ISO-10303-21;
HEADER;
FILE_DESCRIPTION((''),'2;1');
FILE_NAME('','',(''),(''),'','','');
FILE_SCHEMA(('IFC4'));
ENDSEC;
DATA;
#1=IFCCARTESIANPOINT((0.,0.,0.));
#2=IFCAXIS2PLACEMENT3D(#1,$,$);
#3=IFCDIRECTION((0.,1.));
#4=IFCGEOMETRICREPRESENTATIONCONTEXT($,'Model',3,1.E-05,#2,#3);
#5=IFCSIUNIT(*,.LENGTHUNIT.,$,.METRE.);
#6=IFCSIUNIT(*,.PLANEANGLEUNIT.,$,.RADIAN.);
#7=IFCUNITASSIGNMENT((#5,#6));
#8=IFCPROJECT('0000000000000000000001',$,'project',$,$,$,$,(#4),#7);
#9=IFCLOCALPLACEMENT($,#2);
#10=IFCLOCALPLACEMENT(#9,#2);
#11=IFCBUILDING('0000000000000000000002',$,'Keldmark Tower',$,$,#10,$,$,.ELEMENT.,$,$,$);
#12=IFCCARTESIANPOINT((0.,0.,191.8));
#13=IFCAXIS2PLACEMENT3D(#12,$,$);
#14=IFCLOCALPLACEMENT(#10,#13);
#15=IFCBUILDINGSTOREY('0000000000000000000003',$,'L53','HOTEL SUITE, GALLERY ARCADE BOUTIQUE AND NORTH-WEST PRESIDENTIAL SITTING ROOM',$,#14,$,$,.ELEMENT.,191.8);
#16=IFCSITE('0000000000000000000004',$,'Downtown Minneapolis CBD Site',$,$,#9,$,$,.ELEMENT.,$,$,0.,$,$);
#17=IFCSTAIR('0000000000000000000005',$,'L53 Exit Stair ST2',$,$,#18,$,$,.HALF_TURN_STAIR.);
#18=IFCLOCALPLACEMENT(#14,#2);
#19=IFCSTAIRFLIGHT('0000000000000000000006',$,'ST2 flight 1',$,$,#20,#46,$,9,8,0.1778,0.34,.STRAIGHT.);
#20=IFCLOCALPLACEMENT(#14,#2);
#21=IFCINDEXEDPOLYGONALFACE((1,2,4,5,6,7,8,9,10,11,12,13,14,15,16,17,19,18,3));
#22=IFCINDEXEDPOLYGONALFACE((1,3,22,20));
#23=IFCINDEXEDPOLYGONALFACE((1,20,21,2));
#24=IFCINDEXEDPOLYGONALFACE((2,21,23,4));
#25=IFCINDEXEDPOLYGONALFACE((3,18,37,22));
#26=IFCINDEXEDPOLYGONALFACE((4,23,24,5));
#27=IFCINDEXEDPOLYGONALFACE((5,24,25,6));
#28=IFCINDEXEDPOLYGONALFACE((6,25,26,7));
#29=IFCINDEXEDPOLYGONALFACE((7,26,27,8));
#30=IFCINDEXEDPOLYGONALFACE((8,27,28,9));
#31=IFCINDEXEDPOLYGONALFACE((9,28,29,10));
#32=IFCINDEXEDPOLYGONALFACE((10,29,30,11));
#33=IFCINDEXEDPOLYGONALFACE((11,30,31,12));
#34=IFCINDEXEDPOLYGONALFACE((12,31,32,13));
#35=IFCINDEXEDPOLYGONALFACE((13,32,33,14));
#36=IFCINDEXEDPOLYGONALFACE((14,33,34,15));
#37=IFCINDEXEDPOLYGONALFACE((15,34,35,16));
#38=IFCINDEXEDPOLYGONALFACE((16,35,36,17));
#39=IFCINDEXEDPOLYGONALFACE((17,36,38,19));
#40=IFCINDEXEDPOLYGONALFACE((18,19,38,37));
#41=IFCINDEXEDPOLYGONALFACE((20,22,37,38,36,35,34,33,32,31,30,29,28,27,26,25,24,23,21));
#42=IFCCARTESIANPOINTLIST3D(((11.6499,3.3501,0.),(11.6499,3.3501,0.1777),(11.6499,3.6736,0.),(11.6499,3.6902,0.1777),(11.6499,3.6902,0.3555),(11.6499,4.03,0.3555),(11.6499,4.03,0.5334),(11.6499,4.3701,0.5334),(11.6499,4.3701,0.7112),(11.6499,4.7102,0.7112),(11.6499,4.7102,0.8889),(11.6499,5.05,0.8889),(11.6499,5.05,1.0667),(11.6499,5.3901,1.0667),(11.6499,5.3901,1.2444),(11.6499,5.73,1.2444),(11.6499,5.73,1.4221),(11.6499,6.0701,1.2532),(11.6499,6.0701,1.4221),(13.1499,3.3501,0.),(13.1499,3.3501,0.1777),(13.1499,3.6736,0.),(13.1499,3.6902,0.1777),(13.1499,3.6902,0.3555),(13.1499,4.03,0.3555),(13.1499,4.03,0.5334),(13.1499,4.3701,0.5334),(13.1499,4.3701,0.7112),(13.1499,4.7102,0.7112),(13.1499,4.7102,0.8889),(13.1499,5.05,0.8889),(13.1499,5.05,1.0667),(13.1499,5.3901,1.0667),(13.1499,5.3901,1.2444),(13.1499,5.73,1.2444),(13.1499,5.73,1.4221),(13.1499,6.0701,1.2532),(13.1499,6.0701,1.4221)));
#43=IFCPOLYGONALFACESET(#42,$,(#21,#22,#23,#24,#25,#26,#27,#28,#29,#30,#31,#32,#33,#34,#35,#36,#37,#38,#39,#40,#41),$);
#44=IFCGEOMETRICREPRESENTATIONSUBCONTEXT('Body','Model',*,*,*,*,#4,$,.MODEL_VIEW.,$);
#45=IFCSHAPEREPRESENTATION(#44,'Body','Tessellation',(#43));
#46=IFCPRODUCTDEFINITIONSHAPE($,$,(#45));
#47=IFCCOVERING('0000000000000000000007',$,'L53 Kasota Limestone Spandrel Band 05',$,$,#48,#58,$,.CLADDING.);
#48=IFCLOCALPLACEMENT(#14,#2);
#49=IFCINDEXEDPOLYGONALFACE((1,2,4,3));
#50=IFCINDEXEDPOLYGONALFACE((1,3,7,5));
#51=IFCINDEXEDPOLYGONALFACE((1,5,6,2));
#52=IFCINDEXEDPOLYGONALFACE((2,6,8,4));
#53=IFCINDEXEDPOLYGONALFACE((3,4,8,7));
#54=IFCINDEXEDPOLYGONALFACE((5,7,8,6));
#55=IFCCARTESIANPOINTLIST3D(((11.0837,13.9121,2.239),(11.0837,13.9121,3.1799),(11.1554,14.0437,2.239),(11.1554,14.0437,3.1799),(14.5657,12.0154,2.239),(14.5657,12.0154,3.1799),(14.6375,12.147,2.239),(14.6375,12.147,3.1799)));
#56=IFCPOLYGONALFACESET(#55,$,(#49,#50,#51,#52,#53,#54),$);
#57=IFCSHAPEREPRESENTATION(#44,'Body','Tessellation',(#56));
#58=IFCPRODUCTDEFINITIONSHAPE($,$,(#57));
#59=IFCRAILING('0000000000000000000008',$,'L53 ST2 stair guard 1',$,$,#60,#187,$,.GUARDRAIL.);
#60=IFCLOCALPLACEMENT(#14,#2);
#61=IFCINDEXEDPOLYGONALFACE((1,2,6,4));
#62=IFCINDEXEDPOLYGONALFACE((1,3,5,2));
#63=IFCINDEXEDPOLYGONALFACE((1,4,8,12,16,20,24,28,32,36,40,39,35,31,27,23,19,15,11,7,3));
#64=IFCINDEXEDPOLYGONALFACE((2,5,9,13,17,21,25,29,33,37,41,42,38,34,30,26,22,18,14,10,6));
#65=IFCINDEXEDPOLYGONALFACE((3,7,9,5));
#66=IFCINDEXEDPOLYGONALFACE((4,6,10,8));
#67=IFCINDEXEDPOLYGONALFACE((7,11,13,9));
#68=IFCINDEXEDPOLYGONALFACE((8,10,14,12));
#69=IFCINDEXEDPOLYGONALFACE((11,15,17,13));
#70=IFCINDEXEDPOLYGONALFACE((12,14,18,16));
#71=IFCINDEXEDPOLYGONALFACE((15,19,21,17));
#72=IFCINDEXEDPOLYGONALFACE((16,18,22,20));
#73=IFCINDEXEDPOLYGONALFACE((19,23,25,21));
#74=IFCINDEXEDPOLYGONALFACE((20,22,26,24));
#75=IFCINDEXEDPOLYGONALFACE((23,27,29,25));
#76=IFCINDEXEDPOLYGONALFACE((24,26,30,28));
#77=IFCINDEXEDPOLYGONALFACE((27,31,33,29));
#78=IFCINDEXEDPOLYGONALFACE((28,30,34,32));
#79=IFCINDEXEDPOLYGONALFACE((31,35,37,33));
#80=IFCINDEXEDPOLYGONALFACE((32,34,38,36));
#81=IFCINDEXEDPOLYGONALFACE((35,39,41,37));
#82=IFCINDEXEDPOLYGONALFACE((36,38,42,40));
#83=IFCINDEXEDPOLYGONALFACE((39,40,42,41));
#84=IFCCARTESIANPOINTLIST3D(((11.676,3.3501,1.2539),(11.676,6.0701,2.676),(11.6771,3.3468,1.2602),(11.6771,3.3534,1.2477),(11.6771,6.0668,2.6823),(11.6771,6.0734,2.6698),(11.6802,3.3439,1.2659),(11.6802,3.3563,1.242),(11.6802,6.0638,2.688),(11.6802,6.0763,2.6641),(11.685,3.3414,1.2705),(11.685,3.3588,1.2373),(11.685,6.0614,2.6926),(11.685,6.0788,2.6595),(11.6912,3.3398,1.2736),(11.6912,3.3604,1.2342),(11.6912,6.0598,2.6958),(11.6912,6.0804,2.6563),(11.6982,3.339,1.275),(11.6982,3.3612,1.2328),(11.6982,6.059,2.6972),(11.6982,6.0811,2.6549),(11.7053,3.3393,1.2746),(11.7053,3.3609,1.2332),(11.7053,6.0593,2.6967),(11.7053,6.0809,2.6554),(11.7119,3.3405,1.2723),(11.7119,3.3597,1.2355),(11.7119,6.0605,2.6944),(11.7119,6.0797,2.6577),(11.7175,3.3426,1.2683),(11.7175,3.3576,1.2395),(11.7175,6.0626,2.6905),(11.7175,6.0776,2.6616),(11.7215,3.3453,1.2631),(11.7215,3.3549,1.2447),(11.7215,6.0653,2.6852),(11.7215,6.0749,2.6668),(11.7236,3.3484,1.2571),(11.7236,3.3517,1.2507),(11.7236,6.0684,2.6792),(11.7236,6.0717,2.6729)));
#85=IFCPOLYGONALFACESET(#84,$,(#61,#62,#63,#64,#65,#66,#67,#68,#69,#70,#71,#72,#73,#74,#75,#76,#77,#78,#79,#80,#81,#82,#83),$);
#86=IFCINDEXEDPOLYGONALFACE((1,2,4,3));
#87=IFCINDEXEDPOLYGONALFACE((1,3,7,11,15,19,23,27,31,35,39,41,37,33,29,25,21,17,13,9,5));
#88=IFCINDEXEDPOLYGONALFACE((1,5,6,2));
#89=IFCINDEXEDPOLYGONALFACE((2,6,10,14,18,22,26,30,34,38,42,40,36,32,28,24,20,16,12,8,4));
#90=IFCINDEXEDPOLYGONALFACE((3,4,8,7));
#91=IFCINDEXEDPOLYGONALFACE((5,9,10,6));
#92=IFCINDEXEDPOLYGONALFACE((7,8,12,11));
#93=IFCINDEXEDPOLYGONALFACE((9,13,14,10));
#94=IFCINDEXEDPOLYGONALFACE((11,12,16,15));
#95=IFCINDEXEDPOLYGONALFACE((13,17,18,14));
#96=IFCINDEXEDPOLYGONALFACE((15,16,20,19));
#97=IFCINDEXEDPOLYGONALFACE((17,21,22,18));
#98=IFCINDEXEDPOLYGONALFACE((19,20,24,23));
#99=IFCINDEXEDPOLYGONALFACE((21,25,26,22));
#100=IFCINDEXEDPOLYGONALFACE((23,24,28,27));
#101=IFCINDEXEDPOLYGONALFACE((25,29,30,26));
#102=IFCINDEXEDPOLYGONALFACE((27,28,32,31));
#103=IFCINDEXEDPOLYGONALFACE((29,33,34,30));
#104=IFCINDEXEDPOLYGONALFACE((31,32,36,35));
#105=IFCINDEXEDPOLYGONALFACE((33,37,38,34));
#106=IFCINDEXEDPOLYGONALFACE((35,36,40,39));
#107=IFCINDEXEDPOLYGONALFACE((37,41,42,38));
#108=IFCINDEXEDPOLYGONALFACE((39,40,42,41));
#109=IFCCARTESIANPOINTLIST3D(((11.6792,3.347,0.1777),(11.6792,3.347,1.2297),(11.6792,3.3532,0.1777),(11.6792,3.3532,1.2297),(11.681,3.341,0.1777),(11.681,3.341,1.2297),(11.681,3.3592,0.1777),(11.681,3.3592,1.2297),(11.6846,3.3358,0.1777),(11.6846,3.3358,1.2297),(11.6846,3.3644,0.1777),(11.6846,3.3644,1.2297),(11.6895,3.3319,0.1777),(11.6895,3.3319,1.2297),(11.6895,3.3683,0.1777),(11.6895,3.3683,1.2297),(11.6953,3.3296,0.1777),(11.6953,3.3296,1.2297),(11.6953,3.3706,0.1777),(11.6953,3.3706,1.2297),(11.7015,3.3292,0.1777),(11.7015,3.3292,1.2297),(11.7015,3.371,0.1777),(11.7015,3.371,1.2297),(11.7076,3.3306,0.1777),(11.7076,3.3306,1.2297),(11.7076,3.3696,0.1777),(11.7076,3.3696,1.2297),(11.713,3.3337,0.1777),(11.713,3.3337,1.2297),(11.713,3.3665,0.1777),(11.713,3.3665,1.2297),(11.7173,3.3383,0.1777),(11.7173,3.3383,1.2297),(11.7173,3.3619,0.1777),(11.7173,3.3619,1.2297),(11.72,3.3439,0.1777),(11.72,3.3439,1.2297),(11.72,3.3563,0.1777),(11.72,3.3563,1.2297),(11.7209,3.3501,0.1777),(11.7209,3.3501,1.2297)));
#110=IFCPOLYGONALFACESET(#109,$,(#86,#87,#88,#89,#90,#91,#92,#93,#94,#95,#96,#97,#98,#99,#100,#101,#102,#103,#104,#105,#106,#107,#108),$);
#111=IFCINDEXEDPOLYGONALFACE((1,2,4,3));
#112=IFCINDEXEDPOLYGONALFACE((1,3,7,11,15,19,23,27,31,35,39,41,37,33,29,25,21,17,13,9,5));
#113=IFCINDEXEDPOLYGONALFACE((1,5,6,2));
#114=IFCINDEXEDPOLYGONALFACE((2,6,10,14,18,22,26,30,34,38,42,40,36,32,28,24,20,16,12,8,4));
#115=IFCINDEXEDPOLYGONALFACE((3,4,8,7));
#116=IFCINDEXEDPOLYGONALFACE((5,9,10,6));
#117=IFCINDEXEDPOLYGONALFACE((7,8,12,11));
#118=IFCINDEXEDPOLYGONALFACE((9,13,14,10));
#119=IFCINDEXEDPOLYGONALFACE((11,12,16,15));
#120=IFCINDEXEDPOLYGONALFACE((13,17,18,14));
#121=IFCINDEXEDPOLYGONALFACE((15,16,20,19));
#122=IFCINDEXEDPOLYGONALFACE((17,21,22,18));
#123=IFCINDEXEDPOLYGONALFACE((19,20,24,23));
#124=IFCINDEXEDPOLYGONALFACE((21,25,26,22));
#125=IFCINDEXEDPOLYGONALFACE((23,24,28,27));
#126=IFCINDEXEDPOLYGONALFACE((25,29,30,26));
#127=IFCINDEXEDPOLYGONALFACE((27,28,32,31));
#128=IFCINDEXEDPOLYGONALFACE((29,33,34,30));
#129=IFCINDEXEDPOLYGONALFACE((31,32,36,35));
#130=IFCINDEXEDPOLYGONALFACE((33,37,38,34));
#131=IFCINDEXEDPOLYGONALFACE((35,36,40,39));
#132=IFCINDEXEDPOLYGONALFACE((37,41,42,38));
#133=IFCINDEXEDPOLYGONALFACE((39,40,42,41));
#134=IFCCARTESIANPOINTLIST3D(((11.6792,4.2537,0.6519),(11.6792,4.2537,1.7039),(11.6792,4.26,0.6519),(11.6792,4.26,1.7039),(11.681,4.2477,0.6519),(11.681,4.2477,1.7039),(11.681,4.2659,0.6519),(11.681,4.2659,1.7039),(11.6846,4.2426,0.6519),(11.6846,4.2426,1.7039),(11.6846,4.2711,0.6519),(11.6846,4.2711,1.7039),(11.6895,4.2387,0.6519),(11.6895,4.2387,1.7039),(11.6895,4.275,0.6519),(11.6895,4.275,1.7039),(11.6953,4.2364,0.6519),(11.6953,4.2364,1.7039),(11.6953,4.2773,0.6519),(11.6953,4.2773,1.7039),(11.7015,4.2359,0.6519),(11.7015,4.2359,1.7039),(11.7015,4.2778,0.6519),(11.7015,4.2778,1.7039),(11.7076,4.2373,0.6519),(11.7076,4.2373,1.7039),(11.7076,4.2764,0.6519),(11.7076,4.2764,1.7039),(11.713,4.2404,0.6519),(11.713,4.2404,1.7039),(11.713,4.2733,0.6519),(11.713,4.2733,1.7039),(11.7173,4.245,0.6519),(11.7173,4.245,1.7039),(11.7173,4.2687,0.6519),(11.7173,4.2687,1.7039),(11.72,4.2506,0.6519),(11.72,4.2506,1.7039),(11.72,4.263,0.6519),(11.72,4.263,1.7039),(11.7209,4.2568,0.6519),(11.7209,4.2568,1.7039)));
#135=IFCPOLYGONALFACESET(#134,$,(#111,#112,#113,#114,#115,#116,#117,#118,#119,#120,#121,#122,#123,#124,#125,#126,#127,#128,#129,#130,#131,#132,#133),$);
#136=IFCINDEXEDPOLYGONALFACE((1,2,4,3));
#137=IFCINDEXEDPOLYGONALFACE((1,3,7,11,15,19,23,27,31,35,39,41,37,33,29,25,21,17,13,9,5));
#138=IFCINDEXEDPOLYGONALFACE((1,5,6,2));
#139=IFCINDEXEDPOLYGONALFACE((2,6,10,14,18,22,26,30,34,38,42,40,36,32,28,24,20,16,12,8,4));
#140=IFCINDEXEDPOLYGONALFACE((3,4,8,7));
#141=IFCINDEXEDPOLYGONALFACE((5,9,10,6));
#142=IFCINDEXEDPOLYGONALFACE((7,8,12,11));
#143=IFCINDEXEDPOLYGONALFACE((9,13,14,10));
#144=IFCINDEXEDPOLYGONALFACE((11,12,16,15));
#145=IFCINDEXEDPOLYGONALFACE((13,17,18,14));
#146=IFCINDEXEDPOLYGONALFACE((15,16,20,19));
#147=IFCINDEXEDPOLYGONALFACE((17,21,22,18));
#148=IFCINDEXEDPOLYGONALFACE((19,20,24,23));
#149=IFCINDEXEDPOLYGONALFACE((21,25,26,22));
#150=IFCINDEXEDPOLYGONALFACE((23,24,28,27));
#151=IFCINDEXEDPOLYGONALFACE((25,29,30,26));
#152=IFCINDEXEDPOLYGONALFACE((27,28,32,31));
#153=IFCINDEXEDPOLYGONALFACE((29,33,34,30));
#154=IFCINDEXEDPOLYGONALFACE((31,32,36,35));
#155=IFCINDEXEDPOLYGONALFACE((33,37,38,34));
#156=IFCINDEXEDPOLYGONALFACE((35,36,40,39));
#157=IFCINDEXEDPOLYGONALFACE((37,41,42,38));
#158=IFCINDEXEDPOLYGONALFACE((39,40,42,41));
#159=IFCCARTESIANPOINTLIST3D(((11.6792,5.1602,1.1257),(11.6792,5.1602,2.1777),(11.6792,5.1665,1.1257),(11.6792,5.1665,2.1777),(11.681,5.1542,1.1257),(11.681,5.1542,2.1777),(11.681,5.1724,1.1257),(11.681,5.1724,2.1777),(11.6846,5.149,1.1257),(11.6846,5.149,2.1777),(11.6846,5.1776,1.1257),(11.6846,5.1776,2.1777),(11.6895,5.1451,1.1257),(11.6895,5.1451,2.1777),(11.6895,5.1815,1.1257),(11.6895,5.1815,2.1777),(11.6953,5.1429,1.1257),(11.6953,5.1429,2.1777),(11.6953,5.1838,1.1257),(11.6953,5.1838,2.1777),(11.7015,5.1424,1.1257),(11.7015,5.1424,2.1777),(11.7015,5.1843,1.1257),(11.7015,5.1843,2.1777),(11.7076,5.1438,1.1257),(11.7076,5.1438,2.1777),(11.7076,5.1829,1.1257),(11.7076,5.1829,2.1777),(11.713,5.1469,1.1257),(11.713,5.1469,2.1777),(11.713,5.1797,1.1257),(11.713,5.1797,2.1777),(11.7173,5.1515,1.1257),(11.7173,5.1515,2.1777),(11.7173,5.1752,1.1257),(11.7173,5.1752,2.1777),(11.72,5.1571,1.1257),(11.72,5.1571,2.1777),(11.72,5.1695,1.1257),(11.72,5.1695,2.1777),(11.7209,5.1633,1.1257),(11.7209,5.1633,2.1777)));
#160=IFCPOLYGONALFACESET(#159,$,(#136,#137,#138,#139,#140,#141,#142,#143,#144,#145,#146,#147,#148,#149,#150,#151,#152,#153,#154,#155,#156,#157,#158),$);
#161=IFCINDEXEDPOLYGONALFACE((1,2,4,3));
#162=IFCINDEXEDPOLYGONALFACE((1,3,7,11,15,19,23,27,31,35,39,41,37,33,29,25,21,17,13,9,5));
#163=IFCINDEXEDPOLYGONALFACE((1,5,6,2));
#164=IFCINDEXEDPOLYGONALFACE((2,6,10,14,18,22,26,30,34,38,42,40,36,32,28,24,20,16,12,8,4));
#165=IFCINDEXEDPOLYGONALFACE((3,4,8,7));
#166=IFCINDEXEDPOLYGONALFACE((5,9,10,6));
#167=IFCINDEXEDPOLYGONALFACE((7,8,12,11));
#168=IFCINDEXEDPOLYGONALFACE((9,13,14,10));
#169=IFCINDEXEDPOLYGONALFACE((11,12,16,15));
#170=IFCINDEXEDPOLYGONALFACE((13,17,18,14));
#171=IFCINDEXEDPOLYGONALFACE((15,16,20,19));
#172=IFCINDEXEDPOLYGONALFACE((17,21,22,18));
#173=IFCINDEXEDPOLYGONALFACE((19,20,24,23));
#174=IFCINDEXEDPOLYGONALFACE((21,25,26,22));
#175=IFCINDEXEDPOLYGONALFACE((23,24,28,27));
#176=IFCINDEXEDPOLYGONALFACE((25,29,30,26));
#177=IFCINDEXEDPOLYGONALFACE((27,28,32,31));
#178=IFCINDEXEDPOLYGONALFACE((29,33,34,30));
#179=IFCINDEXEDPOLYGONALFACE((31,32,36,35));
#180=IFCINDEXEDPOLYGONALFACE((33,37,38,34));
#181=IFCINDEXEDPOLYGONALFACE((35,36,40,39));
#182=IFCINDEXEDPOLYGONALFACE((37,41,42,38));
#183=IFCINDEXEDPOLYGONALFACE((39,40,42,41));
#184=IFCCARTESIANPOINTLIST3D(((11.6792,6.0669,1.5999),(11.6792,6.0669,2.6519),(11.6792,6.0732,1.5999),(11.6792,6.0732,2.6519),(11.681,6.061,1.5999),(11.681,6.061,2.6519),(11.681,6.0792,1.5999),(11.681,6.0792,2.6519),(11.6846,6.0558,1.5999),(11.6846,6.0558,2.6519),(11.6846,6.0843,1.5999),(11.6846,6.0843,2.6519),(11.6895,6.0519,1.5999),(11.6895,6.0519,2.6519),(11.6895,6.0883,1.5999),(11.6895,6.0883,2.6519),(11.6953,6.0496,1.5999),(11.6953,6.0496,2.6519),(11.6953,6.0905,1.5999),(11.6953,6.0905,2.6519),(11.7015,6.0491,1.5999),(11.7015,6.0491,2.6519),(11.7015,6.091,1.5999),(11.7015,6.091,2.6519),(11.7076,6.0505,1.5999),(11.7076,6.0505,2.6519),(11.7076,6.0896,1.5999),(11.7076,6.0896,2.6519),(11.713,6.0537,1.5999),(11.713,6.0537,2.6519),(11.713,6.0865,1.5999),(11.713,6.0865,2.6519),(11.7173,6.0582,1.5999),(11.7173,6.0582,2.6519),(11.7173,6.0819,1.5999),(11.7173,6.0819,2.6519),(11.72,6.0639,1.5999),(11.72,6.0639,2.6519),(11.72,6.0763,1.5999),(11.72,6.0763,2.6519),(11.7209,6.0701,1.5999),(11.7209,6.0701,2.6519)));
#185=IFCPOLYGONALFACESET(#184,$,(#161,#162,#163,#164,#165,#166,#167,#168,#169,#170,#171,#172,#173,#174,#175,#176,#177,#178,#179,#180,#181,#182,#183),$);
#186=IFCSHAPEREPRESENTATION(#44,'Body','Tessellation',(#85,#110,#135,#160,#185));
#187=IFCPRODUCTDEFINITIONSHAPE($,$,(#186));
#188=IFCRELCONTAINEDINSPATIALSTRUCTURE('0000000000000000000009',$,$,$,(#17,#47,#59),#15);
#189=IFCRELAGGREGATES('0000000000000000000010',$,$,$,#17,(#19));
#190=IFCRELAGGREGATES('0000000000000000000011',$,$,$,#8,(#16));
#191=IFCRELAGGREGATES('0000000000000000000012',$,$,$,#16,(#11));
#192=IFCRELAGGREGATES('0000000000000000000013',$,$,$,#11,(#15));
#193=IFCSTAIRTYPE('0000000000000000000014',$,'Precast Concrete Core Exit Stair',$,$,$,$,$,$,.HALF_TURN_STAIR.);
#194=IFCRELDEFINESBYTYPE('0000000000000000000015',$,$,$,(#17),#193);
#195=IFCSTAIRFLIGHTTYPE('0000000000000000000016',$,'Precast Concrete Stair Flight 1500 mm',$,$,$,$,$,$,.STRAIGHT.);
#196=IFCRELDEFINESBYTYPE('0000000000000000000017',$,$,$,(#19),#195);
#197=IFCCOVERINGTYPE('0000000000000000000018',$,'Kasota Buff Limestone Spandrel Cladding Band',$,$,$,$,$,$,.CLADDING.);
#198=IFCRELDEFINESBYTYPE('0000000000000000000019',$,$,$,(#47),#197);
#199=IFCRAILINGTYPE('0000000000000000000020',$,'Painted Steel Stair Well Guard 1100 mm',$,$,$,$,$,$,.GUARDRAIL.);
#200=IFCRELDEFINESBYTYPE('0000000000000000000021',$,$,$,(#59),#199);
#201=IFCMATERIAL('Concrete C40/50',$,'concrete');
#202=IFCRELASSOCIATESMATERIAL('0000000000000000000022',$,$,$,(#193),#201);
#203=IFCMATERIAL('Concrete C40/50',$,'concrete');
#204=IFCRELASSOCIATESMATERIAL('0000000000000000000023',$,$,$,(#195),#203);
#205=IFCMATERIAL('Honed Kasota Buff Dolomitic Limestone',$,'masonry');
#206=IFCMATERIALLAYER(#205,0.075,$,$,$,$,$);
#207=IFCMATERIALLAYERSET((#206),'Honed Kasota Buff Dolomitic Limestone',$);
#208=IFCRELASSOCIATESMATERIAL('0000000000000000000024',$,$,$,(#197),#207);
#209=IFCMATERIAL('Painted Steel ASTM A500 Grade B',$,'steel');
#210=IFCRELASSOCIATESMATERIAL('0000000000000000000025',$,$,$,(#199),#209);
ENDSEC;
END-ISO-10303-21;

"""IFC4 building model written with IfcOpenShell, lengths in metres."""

from ifc_helpers import new_model, si_unit, direction, frame, origin, origin_2d, place, context, subcontext, project, spatial, polyline, rectangle, circle, outline, extrude, material, layer, layer_set, type_object, element, aggregate, save


model = new_model("IFC4")

# Units and contexts
model_context = context("Model", 3, precision=1e-05, world=origin(), true_north=direction((0.0, 1.0)))
body_context = subcontext(model_context, "Body", "Model", "MODEL_VIEW")
ifc_project = project(units=[si_unit("LENGTHUNIT", "METRE"), si_unit("PLANEANGLEUNIT", "RADIAN")], contexts=[model_context])

# Site, building, storey
site_placement = place(None, origin())
site = spatial("IfcSite", under=ifc_project, at=site_placement, Name="Downtown Minneapolis CBD Site", CompositionType="ELEMENT", RefElevation=0.0)
building_placement = place(site_placement, origin())
building = spatial("IfcBuilding", under=site, at=building_placement, Name="Keldmark Tower", CompositionType="ELEMENT")
storey_placement = place(building_placement, frame((0.0, 0.0, 191.8)))
storey = spatial("IfcBuildingStorey", under=building, at=storey_placement, Name="L53", Description="HOTEL SUITE, GALLERY ARCADE BOUTIQUE AND NORTH-WEST PRESIDENTIAL SITTING ROOM", CompositionType="ELEMENT", Elevation=191.8)

# Stair, stair flight
ifc_material_1 = material(Name="Concrete C40/50", Category="concrete")
stair_type = type_object("IfcStairType", Name="Precast Concrete Core Exit Stair", PredefinedType="HALF_TURN_STAIR", material=ifc_material_1)
stair_placement = place(storey_placement, origin())
stair = element("IfcStair", 1, at=stair_placement, inside=storey, type_object=stair_type, Name="L53 Exit Stair ST2", PredefinedType="HALF_TURN_STAIR")
ifc_material_2 = material(Name="Concrete C40/50", Category="concrete")
stair_flight_type = type_object("IfcStairFlightType", Name="Precast Concrete Stair Flight 1500 mm", PredefinedType="STRAIGHT", material=ifc_material_2)
stair_flight_placement = place(storey_placement, frame((12.3999, 3.3501, 0.0), z_axis=(0.0, 0.0, 1.0), x_axis=(0.0, 1.0, 0.0)))
stair_flight = element("IfcStairFlight", 2, at=stair_flight_placement, type_object=stair_flight_type, Name="ST2 flight 1", NumberOfRisers=9, NumberOfTreads=8, PredefinedType="STRAIGHT", RiserHeight=0.1778, TreadLength=0.34, context=body_context, shape_type="SweptSolid", body=[
    extrude(outline(polyline([(0.0, 0.0), (0.0, 0.1777), (0.3401, 0.1777), (0.3401, 0.3555), (0.6799, 0.3555), (0.6799, 0.5334), (1.02, 0.5334), (1.02, 0.7112), (1.3601, 0.7112), (1.3601, 0.8889), (1.7, 0.8889), (1.7, 1.0667), (2.04, 1.0667), (2.04, 1.2444), (2.3799, 1.2444), (2.3799, 1.4221), (2.72, 1.4221), (2.72, 1.6001), (2.72, 1.2532), (0.3235, 0.0), (0.0, 0.0)])), frame((0.0, 0.75, 0.0), z_axis=(0.0, -1.0, 0.0), x_axis=(1.0, 0.0, 0.0)), (0.0, 0.0, 1.0), 1.5),
])
aggregate(stair, [stair_flight])

# Covering
ifc_material_3 = material(Name="Honed Kasota Buff Dolomitic Limestone", Category="masonry")
ifc_layer_1 = layer(ifc_material_3, 0.075)
ifc_layer_set_1 = layer_set([ifc_layer_1], Name="Honed Kasota Buff Dolomitic Limestone")
covering_type = type_object("IfcCoveringType", Name="Kasota Buff Limestone Spandrel Cladding Band", PredefinedType="CLADDING", material=ifc_layer_set_1)
covering_placement = place(storey_placement, frame((12.8606, 13.0295, 2.239), z_axis=(0.0, 0.0, 1.0), x_axis=(-0.878167, 0.478355, 0.0)))
element("IfcCovering", 3, at=covering_placement, inside=storey, type_object=covering_type, Name="L53 Kasota Limestone Spandrel Band 05", PredefinedType="CLADDING", context=body_context, shape_type="SweptSolid", body=[
    extrude(rectangle(XDim=3.9651, YDim=0.1499, at=origin_2d()), origin(), (0.0, 0.0, 1.0), 0.9409),
])

# Railing
ifc_material_4 = material(Name="Painted Steel ASTM A500 Grade B", Category="steel")
railing_type_1 = type_object("IfcRailingType", Name="Painted Steel Stair Well Guard 1100 mm", PredefinedType="GUARDRAIL", material=ifc_material_4)
railing_1_placement = place(storey_placement, frame((11.7, 3.3501, 0.1777)))
element("IfcRailing", 4, at=railing_1_placement, inside=storey, type_object=railing_type_1, Name="L53 ST2 stair guard 1", PredefinedType="GUARDRAIL", context=body_context, shape_type="SweptSolid", body=[
    extrude(circle(Radius=0.0239, at=origin_2d()), frame((0.0, 0.0, 1.0762), z_axis=(0.0, 0.886183, 0.463335), x_axis=(-1.0, 0.0, 0.0)), (0.0, 0.0, 1.0), 3.0693),
    extrude(circle(Radius=0.021, at=origin_2d()), origin(), (0.0, 0.0, 1.0), 1.052),
    extrude(circle(Radius=0.021, at=origin_2d()), frame((0.0, 0.9067, 0.4741)), (0.0, 0.0, 1.0), 1.052),
    extrude(circle(Radius=0.021, at=origin_2d()), frame((0.0, 1.8132, 0.948)), (0.0, 0.0, 1.0), 1.052),
    extrude(circle(Radius=0.021, at=origin_2d()), frame((0.0, 2.72, 1.4221)), (0.0, 0.0, 1.0), 1.052),
])

save(model, "model.ifc")
